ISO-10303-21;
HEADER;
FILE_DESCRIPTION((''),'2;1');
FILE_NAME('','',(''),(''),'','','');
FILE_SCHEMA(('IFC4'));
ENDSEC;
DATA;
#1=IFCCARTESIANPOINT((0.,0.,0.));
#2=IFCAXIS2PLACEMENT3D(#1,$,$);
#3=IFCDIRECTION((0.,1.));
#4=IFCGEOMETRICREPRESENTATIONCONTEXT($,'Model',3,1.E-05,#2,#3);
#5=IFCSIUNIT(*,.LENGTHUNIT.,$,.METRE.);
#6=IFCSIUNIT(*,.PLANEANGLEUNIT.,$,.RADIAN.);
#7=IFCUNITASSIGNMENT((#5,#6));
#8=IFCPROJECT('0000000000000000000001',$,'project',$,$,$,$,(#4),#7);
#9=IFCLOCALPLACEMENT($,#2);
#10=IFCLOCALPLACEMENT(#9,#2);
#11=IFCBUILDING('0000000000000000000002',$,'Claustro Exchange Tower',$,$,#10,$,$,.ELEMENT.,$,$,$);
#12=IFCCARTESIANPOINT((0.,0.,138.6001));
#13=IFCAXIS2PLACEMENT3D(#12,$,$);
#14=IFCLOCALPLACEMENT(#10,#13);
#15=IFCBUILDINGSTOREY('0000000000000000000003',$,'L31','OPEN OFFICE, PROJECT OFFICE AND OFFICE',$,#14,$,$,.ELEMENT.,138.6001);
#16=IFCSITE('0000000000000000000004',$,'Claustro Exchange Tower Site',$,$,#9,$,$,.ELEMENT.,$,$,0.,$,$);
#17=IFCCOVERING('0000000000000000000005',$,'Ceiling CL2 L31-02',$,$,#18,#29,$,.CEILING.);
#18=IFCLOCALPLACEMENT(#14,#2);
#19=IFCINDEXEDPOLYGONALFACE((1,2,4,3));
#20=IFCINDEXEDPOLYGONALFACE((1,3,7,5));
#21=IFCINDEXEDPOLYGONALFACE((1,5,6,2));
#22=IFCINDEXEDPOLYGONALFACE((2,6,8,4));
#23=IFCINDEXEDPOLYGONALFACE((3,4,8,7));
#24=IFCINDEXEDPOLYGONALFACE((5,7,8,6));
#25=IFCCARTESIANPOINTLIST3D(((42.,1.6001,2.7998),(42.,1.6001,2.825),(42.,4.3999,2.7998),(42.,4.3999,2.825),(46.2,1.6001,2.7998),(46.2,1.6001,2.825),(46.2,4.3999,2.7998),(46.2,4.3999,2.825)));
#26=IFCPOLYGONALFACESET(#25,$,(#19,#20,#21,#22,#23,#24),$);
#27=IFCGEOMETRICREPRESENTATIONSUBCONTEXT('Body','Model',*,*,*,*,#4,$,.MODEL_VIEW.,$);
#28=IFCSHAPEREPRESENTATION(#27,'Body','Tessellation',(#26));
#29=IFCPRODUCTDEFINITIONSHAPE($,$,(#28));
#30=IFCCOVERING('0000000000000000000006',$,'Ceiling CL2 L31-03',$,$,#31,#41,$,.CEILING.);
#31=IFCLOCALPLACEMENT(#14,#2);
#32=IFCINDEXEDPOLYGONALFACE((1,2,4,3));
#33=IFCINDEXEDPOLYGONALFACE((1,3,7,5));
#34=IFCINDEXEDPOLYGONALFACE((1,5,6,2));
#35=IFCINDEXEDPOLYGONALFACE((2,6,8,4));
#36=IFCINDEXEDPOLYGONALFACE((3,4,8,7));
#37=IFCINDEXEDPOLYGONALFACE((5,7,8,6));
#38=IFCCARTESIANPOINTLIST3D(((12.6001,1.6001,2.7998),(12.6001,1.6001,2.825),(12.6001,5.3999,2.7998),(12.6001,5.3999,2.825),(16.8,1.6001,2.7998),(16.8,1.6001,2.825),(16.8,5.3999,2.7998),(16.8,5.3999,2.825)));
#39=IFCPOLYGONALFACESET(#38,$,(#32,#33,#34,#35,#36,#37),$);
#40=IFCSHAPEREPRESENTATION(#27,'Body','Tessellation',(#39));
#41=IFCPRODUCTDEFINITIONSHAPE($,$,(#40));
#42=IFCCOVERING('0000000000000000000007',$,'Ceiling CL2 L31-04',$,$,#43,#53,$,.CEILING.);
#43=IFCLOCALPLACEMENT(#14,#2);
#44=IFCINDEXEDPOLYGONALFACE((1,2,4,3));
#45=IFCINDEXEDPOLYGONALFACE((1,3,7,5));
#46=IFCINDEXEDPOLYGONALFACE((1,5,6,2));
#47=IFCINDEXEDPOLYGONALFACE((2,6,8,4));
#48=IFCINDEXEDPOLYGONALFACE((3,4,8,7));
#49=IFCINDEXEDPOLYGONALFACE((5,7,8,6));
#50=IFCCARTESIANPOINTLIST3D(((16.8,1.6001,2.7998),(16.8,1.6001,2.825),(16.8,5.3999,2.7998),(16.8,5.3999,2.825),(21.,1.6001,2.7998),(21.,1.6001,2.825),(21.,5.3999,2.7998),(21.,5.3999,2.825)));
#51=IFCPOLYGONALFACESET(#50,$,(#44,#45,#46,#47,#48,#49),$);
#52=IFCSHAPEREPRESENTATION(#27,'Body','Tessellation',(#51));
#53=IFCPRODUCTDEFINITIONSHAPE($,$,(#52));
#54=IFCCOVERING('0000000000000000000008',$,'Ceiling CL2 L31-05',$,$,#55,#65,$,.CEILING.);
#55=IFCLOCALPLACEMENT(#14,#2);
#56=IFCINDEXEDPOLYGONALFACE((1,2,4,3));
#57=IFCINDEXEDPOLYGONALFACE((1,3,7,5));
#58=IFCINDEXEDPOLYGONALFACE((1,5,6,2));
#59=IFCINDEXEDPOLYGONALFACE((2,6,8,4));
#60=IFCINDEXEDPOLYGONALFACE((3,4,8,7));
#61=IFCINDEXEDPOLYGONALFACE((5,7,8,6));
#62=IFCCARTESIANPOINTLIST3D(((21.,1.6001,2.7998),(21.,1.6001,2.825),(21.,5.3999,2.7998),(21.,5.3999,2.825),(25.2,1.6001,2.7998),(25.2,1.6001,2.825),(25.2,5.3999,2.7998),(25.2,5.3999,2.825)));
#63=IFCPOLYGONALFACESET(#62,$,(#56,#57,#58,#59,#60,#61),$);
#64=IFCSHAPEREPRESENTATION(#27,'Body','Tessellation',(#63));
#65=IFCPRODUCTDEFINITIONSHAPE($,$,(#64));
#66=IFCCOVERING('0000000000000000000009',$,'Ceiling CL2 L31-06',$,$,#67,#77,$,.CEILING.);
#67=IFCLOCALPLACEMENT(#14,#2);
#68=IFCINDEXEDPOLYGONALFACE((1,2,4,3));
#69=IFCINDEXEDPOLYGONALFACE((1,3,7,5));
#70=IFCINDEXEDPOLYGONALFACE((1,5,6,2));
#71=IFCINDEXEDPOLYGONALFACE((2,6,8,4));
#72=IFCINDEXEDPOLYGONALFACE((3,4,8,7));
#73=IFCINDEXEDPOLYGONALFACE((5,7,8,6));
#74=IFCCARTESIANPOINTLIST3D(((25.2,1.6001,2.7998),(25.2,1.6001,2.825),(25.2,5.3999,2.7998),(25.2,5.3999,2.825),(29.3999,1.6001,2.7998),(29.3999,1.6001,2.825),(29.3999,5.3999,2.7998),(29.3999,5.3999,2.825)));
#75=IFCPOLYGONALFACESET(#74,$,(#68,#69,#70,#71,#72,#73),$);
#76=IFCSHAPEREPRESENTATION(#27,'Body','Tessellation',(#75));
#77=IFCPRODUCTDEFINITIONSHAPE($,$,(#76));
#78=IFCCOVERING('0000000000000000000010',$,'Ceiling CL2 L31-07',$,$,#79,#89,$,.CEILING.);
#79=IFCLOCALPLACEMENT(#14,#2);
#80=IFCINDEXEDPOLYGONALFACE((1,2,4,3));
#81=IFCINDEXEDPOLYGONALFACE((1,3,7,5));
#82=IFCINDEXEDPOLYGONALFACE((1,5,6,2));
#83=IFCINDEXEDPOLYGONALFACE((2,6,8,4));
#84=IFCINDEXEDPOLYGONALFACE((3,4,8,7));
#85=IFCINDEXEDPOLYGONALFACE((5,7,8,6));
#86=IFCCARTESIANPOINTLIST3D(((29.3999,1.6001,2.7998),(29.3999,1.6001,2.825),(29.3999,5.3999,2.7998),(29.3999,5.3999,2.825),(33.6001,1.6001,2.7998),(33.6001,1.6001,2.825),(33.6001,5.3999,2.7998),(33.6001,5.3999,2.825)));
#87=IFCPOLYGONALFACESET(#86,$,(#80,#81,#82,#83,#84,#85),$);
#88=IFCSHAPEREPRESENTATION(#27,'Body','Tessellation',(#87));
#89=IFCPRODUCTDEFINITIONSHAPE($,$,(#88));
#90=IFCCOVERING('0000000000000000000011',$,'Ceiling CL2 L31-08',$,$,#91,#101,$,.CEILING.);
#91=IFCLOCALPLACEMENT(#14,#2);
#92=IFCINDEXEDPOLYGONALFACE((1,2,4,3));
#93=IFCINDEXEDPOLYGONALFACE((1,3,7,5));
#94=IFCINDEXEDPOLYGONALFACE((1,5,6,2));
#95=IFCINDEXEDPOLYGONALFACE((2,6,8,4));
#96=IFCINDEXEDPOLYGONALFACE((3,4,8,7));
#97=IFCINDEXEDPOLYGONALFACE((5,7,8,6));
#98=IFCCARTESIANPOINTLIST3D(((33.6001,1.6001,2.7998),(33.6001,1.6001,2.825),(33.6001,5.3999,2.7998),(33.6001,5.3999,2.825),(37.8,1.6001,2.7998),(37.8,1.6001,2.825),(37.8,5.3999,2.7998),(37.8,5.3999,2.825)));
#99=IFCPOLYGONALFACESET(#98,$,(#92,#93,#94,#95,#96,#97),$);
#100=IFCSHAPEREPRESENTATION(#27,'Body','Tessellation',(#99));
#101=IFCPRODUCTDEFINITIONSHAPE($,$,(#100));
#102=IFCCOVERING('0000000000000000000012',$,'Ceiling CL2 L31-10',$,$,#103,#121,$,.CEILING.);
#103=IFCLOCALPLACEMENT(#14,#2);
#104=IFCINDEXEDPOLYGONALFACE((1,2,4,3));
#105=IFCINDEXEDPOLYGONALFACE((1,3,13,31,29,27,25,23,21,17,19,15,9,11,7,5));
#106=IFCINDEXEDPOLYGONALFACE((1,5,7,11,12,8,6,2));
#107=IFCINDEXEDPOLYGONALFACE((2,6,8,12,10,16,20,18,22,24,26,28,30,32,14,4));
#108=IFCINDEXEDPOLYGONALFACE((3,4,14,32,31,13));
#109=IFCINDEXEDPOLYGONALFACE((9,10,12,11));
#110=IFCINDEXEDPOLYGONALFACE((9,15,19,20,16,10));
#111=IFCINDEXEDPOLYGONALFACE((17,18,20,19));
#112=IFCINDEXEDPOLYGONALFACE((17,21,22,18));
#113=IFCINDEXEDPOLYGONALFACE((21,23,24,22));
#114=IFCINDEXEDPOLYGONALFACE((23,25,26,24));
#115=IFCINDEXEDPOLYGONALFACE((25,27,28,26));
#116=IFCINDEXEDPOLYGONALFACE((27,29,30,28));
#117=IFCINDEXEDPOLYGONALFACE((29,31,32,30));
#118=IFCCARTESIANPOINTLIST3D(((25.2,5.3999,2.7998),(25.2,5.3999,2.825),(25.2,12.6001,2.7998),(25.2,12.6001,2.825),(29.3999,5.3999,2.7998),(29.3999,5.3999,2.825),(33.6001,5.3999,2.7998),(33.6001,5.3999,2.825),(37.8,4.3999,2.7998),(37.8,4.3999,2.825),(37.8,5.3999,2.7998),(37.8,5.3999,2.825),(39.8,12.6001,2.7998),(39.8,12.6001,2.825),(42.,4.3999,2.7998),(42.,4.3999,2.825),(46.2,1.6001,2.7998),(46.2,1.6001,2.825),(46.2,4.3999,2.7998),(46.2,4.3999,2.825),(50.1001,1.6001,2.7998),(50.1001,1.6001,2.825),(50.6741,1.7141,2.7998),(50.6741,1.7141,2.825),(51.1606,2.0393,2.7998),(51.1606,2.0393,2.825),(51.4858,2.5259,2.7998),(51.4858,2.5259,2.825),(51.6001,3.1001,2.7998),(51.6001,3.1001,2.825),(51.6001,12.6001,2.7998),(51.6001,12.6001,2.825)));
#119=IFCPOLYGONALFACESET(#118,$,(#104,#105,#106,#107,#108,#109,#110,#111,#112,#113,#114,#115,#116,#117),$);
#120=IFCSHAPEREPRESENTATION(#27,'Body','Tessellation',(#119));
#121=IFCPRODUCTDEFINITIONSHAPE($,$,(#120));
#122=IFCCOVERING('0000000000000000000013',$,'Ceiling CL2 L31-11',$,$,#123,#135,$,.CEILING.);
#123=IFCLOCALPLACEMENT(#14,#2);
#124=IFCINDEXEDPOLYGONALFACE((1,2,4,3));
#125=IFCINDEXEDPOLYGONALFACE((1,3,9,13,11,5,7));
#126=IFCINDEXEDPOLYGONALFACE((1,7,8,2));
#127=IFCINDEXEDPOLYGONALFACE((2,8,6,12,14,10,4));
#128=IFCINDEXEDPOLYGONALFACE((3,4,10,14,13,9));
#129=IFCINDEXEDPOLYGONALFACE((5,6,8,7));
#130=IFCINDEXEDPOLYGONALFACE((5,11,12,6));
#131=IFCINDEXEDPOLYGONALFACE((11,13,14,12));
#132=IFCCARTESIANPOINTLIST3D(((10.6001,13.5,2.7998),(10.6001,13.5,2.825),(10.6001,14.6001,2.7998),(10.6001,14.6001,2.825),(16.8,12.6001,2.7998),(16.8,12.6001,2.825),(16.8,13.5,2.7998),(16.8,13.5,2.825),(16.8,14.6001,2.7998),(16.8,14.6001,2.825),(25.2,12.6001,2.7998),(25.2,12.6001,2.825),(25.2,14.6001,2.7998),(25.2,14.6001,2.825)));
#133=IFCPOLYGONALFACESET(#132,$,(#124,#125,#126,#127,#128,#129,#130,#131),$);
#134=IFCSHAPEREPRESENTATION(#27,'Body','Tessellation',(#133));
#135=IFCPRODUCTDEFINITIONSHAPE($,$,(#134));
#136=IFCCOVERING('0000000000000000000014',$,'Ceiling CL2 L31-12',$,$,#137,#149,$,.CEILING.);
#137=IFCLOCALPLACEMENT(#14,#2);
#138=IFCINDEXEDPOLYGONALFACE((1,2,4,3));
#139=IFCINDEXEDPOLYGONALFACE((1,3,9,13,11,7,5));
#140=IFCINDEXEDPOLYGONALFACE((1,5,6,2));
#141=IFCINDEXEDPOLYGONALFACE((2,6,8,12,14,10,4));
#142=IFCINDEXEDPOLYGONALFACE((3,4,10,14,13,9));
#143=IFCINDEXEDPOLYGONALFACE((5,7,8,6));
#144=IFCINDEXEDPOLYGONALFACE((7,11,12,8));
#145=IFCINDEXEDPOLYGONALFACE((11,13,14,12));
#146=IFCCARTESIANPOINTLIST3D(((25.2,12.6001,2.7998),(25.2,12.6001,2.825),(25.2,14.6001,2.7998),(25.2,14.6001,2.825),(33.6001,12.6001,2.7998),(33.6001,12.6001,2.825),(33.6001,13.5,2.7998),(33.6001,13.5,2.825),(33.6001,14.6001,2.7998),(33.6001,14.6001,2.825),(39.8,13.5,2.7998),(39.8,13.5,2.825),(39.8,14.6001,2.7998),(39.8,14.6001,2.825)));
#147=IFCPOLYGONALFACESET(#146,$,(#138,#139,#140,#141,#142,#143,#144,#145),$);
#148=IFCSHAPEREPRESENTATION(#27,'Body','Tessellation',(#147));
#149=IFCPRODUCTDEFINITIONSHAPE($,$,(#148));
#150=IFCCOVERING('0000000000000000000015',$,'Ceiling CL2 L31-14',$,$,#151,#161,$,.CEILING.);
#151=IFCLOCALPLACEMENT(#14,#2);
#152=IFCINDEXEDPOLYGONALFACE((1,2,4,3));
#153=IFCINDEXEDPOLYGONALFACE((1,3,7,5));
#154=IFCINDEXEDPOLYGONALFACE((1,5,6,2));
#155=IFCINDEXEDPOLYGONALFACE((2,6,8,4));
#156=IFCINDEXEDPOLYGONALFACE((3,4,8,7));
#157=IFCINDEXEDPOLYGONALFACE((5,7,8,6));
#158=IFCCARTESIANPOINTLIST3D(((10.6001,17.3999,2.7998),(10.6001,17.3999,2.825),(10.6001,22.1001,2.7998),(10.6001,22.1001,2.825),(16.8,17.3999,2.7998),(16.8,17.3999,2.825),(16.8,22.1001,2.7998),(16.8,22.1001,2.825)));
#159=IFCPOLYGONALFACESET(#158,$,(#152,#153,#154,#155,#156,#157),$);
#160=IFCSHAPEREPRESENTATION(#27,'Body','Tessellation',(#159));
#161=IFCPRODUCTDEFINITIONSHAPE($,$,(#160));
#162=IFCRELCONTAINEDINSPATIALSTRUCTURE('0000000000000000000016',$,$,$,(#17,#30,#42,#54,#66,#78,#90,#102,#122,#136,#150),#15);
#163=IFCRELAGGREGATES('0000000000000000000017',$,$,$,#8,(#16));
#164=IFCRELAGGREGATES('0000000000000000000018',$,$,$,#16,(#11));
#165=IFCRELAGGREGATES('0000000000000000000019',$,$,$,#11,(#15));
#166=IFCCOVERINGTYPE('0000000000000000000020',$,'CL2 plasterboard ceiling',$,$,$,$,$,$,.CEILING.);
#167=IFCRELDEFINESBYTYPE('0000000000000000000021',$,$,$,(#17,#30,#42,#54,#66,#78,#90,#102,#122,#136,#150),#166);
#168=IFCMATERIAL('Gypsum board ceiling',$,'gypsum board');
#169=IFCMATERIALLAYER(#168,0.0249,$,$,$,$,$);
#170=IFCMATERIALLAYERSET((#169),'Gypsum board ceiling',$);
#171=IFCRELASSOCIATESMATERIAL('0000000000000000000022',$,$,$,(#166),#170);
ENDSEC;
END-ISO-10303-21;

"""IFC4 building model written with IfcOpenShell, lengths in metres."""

from ifc_helpers import new_model, si_unit, direction, frame, origin, place, context, subcontext, project, spatial, polyline, outline, extrude, material, layer, layer_set, type_object, element, save


model = new_model("IFC4")

# Units and contexts
model_context = context("Model", 3, precision=1e-05, world=origin(), true_north=direction((0.0, 1.0)))
body_context = subcontext(model_context, "Body", "Model", "MODEL_VIEW")
ifc_project = project(units=[si_unit("LENGTHUNIT", "METRE"), si_unit("PLANEANGLEUNIT", "RADIAN")], contexts=[model_context])

# Site, building, storey
site_placement = place(None, origin())
site = spatial("IfcSite", under=ifc_project, at=site_placement, Name="Claustro Exchange Tower Site", CompositionType="ELEMENT", RefElevation=0.0)
building_placement = place(site_placement, origin())
building = spatial("IfcBuilding", under=site, at=building_placement, Name="Claustro Exchange Tower", CompositionType="ELEMENT")
storey_placement = place(building_placement, frame((0.0, 0.0, 138.6001)))
storey = spatial("IfcBuildingStorey", under=building, at=storey_placement, Name="L31", Description="OPEN OFFICE, PROJECT OFFICE AND OFFICE", CompositionType="ELEMENT", Elevation=138.6001)

# Coverings
ifc_material_1 = material(Name="Gypsum board ceiling", Category="gypsum board")
ifc_layer_1 = layer(ifc_material_1, 0.0249)
ifc_layer_set_1 = layer_set([ifc_layer_1], Name="Gypsum board ceiling")
covering_type_1 = type_object("IfcCoveringType", Name="CL2 plasterboard ceiling", PredefinedType="CEILING", material=ifc_layer_set_1)
covering_1_placement = place(storey_placement, frame((0.0, 0.0, 2.7998)))
element("IfcCovering", 1, at=covering_1_placement, inside=storey, type_object=covering_type_1, Name="Ceiling CL2 L31-02", PredefinedType="CEILING", context=body_context, shape_type="SweptSolid", body=[
    extrude(outline(polyline([(42.0, 1.6001), (46.2, 1.6001), (46.2, 4.3999), (42.0, 4.3999), (42.0, 1.6001)])), origin(), (0.0, 0.0, 1.0), 0.0251),
])
covering_2_placement = place(storey_placement, frame((0.0, 0.0, 2.7998)))
element("IfcCovering", 2, at=covering_2_placement, inside=storey, type_object=covering_type_1, Name="Ceiling CL2 L31-03", PredefinedType="CEILING", context=body_context, shape_type="SweptSolid", body=[
    extrude(outline(polyline([(12.6001, 1.6001), (16.8, 1.6001), (16.8, 5.3999), (12.6001, 5.3999), (12.6001, 1.6001)])), origin(), (0.0, 0.0, 1.0), 0.0251),
])
covering_3_placement = place(storey_placement, frame((0.0, 0.0, 2.7998)))
element("IfcCovering", 3, at=covering_3_placement, inside=storey, type_object=covering_type_1, Name="Ceiling CL2 L31-04", PredefinedType="CEILING", context=body_context, shape_type="SweptSolid", body=[
    extrude(outline(polyline([(16.8, 1.6001), (21.0, 1.6001), (21.0, 5.3999), (16.8, 5.3999), (16.8, 1.6001)])), origin(), (0.0, 0.0, 1.0), 0.0251),
])
covering_4_placement = place(storey_placement, frame((0.0, 0.0, 2.7998)))
element("IfcCovering", 4, at=covering_4_placement, inside=storey, type_object=covering_type_1, Name="Ceiling CL2 L31-05", PredefinedType="CEILING", context=body_context, shape_type="SweptSolid", body=[
    extrude(outline(polyline([(21.0, 1.6001), (25.2, 1.6001), (25.2, 5.3999), (21.0, 5.3999), (21.0, 1.6001)])), origin(), (0.0, 0.0, 1.0), 0.0251),
])
covering_5_placement = place(storey_placement, frame((0.0, 0.0, 2.7998)))
element("IfcCovering", 5, at=covering_5_placement, inside=storey, type_object=covering_type_1, Name="Ceiling CL2 L31-06", PredefinedType="CEILING", context=body_context, shape_type="SweptSolid", body=[
    extrude(outline(polyline([(25.2, 1.6001), (29.3999, 1.6001), (29.3999, 5.3999), (25.2, 5.3999), (25.2, 1.6001)])), origin(), (0.0, 0.0, 1.0), 0.0251),
])
covering_6_placement = place(storey_placement, frame((0.0, 0.0, 2.7998)))
element("IfcCovering", 6, at=covering_6_placement, inside=storey, type_object=covering_type_1, Name="Ceiling CL2 L31-07", PredefinedType="CEILING", context=body_context, shape_type="SweptSolid", body=[
    extrude(outline(polyline([(29.3999, 1.6001), (33.6001, 1.6001), (33.6001, 5.3999), (29.3999, 5.3999), (29.3999, 1.6001)])), origin(), (0.0, 0.0, 1.0), 0.0251),
])
covering_7_placement = place(storey_placement, frame((0.0, 0.0, 2.7998)))
element("IfcCovering", 7, at=covering_7_placement, inside=storey, type_object=covering_type_1, Name="Ceiling CL2 L31-08", PredefinedType="CEILING", context=body_context, shape_type="SweptSolid", body=[
    extrude(outline(polyline([(33.6001, 1.6001), (37.8, 1.6001), (37.8, 5.3999), (33.6001, 5.3999), (33.6001, 1.6001)])), origin(), (0.0, 0.0, 1.0), 0.0251),
])
covering_8_placement = place(storey_placement, frame((0.0, 0.0, 2.7998)))
element("IfcCovering", 8, at=covering_8_placement, inside=storey, type_object=covering_type_1, Name="Ceiling CL2 L31-10", PredefinedType="CEILING", context=body_context, shape_type="SweptSolid", body=[
    extrude(outline(polyline([(51.6001, 12.6001), (39.8, 12.6001), (25.2, 12.6001), (25.2, 5.3999), (29.3999, 5.3999), (33.6001, 5.3999), (37.8, 5.3999), (37.8, 4.3999), (42.0, 4.3999), (46.2, 4.3999), (46.2, 1.6001), (50.1001, 1.6001), (50.6741, 1.7141), (51.1606, 2.0393), (51.4858, 2.5259), (51.6001, 3.1001), (51.6001, 12.6001)])), origin(), (0.0, 0.0, 1.0), 0.0251),
])
covering_9_placement = place(storey_placement, frame((0.0, 0.0, 2.7998)))
element("IfcCovering", 9, at=covering_9_placement, inside=storey, type_object=covering_type_1, Name="Ceiling CL2 L31-11", PredefinedType="CEILING", context=body_context, shape_type="SweptSolid", body=[
    extrude(outline(polyline([(10.6001, 14.6001), (10.6001, 13.5), (16.8, 13.5), (16.8, 12.6001), (25.2, 12.6001), (25.2, 14.6001), (16.8, 14.6001), (16.8, 14.6001), (10.6001, 14.6001)])), origin(), (0.0, 0.0, 1.0), 0.0251),
])
covering_10_placement = place(storey_placement, frame((0.0, 0.0, 2.7998)))
element("IfcCovering", 10, at=covering_10_placement, inside=storey, type_object=covering_type_1, Name="Ceiling CL2 L31-12", PredefinedType="CEILING", context=body_context, shape_type="SweptSolid", body=[
    extrude(outline(polyline([(39.8, 13.5), (39.8, 14.6001), (33.6001, 14.6001), (33.6001, 14.6001), (25.2, 14.6001), (25.2, 12.6001), (33.6001, 12.6001), (33.6001, 13.5), (39.8, 13.5)])), origin(), (0.0, 0.0, 1.0), 0.0251),
])
covering_11_placement = place(storey_placement, frame((0.0, 0.0, 2.7998)))
element("IfcCovering", 11, at=covering_11_placement, inside=storey, type_object=covering_type_1, Name="Ceiling CL2 L31-14", PredefinedType="CEILING", context=body_context, shape_type="SweptSolid", body=[
    extrude(outline(polyline([(16.8, 17.3999), (16.8, 22.1001), (10.6001, 22.1001), (10.6001, 17.3999), (16.8, 17.3999)])), origin(), (0.0, 0.0, 1.0), 0.0251),
])

save(model, "model.ifc")
